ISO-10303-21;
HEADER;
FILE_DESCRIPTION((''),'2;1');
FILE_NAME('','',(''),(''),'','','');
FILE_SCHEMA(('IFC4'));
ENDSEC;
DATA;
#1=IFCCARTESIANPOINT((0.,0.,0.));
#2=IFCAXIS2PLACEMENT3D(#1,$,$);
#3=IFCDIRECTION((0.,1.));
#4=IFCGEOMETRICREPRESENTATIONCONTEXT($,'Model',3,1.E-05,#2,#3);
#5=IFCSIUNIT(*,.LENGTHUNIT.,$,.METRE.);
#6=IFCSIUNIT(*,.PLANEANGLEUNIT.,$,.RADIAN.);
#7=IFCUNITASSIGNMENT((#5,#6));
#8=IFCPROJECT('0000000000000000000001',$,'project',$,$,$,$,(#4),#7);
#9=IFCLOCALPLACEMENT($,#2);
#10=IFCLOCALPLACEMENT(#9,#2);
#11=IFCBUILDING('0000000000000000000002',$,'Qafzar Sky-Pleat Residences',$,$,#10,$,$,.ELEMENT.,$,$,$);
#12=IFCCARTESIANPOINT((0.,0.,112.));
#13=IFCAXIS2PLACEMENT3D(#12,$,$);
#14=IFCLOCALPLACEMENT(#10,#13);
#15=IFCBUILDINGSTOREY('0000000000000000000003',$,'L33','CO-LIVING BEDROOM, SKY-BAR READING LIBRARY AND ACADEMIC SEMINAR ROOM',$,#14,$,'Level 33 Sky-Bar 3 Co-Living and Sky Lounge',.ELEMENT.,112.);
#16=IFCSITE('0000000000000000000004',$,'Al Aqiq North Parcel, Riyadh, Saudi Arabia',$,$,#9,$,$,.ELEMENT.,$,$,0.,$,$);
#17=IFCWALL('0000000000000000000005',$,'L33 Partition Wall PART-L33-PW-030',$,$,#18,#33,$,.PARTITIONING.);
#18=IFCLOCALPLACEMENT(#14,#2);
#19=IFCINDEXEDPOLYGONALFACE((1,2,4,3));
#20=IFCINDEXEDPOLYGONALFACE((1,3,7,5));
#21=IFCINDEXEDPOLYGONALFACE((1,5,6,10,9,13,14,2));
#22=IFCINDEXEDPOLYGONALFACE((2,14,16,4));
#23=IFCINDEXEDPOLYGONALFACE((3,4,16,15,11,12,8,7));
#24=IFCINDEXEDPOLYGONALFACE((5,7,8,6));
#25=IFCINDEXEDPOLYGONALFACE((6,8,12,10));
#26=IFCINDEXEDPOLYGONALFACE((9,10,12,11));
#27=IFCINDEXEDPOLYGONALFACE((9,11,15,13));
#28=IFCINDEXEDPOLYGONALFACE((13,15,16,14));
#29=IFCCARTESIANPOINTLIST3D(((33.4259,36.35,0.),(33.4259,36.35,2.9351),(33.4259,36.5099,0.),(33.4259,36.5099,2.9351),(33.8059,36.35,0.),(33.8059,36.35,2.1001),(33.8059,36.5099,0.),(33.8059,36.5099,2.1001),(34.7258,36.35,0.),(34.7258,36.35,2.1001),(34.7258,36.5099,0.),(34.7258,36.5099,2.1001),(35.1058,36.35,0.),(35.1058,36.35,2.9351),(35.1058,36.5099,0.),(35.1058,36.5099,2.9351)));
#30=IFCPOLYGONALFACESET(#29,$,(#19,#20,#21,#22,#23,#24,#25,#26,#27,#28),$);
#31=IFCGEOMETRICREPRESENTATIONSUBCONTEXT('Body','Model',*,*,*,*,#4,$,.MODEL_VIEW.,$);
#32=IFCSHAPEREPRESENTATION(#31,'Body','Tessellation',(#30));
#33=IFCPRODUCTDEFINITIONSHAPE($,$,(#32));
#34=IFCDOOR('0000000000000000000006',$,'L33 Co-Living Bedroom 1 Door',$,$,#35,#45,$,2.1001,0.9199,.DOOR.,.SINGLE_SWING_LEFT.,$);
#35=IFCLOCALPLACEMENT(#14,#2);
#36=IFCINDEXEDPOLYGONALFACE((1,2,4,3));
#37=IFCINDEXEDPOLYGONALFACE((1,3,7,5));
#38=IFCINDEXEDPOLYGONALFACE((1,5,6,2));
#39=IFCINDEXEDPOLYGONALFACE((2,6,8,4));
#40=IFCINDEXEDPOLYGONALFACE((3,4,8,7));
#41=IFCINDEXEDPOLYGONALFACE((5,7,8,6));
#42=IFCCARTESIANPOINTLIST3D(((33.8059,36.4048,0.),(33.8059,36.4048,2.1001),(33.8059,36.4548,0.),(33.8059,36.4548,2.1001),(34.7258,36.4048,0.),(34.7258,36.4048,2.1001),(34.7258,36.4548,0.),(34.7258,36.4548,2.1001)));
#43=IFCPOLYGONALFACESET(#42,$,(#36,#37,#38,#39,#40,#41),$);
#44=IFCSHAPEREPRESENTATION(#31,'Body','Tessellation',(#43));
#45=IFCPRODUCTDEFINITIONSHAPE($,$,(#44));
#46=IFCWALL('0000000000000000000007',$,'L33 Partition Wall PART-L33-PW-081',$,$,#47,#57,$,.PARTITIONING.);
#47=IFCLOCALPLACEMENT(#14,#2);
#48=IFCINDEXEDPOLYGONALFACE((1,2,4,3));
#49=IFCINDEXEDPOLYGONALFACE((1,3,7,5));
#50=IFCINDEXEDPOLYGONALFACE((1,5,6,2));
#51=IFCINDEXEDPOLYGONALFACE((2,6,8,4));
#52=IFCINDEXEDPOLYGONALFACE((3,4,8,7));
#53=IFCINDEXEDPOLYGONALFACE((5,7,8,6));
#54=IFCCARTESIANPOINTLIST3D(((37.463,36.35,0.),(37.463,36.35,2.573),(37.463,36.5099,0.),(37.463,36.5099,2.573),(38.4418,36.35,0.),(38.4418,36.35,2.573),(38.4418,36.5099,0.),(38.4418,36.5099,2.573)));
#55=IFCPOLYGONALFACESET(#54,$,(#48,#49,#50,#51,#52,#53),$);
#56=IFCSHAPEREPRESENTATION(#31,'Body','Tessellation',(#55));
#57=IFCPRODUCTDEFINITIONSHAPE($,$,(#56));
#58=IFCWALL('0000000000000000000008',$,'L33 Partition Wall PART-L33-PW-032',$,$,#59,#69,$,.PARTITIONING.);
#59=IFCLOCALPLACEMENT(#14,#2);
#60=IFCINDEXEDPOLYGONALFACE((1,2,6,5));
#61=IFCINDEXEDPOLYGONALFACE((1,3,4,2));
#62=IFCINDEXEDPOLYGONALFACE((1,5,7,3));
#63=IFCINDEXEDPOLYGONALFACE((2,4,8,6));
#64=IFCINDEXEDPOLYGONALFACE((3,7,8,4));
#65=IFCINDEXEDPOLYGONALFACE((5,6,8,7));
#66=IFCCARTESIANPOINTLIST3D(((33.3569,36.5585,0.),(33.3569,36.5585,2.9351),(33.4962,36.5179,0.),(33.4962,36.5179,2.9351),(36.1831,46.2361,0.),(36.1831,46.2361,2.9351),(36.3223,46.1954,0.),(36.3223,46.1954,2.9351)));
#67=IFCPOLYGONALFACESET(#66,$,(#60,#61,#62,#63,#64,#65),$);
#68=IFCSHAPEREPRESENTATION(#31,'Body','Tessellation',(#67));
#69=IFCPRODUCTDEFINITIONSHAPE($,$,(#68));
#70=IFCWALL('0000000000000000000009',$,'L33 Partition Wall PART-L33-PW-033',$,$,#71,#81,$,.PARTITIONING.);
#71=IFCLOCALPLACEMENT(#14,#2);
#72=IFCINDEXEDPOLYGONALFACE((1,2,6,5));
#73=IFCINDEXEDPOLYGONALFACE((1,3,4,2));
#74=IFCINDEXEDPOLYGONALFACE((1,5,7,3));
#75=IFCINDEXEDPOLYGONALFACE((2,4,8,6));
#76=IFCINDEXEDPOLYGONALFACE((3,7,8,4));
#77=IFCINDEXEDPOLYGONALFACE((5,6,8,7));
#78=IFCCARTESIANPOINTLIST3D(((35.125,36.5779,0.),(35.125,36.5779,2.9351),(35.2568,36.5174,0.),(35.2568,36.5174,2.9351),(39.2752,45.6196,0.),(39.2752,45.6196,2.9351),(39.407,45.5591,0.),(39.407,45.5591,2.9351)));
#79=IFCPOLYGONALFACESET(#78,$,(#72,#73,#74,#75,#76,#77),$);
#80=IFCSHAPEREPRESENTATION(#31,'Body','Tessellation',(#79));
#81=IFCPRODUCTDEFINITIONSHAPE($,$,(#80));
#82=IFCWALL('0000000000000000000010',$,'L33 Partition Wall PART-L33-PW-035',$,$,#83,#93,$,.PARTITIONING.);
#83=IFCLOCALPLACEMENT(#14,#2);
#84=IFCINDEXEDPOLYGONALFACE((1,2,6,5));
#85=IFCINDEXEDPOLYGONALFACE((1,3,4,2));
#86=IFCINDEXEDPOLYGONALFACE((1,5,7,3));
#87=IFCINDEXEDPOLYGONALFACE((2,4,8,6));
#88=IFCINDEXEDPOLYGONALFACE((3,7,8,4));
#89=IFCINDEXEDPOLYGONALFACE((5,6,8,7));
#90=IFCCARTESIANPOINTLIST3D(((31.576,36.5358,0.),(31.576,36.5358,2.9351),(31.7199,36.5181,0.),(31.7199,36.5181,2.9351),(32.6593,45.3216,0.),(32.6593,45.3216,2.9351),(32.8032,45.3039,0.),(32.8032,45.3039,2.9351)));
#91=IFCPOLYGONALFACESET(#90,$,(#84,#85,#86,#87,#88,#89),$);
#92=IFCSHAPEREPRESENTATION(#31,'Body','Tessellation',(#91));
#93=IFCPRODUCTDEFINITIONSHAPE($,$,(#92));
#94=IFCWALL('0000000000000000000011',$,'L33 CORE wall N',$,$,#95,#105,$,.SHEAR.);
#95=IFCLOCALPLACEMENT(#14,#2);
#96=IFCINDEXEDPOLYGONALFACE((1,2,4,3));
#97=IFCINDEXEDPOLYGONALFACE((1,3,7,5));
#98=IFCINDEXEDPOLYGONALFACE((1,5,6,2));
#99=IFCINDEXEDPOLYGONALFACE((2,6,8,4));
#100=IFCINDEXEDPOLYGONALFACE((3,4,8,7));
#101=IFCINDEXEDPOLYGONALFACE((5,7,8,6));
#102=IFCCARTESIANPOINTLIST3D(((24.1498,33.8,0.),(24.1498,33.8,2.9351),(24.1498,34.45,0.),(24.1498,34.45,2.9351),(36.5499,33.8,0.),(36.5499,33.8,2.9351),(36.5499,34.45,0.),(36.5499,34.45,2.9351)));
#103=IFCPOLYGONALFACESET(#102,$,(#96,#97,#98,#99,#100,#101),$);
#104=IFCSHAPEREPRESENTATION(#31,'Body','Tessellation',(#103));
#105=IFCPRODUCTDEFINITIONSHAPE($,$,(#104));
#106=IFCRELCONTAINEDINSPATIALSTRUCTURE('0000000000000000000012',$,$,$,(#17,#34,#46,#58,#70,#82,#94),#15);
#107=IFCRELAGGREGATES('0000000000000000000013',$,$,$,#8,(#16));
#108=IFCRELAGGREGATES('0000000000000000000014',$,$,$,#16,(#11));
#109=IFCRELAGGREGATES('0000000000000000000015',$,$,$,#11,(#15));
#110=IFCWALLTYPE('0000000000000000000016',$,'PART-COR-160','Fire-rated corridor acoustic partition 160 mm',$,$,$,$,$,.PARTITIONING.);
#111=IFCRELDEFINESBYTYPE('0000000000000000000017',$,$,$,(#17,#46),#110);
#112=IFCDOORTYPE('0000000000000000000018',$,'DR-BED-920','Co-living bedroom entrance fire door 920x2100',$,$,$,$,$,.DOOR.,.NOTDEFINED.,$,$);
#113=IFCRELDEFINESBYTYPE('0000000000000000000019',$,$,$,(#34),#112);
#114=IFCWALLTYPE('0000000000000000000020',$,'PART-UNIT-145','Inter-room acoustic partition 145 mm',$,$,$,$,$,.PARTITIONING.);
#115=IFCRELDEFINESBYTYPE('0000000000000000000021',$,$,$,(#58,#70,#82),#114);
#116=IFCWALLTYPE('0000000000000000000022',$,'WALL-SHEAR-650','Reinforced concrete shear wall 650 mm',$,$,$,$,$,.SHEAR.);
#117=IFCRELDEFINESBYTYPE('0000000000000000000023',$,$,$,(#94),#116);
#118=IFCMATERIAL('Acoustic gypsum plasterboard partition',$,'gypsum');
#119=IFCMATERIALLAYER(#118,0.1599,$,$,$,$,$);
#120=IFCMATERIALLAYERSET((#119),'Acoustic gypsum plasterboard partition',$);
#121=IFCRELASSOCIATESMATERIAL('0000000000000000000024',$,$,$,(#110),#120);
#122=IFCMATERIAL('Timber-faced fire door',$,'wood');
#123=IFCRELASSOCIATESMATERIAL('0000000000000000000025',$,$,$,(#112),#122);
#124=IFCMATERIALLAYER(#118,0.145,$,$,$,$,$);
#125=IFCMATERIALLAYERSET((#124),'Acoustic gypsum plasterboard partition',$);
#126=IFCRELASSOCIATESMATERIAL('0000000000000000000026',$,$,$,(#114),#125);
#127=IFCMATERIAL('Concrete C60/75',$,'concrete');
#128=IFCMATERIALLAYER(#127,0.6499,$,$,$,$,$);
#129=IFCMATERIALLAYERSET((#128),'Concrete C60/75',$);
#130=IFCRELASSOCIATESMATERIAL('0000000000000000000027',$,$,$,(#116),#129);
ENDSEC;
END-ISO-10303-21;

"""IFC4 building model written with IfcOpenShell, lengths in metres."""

from ifc_helpers import new_model, si_unit, direction, frame, frame_2d, origin, place, context, subcontext, project, spatial, rectangle, extrude, source, transform, mapped, material, layer, layer_set, type_object, element, fill, save


model = new_model("IFC4")

# Units and contexts
model_context = context("Model", 3, precision=1e-05, world=origin(), true_north=direction((0.0, 1.0)))
body_context = subcontext(model_context, "Body", "Model", "MODEL_VIEW")
ifc_project = project(units=[si_unit("LENGTHUNIT", "METRE"), si_unit("PLANEANGLEUNIT", "RADIAN")], contexts=[model_context])

# Site, building, storey
site_placement = place(None, origin())
site = spatial("IfcSite", under=ifc_project, at=site_placement, Name="Al Aqiq North Parcel, Riyadh, Saudi Arabia", CompositionType="ELEMENT", RefElevation=0.0)
building_placement = place(site_placement, origin())
building = spatial("IfcBuilding", under=site, at=building_placement, Name="Qafzar Sky-Pleat Residences", CompositionType="ELEMENT")
storey_placement = place(building_placement, frame((0.0, 0.0, 112.0)))
storey = spatial("IfcBuildingStorey", under=building, at=storey_placement, Name="L33", Description="CO-LIVING BEDROOM, SKY-BAR READING LIBRARY AND ACADEMIC SEMINAR ROOM", LongName="Level 33 Sky-Bar 3 Co-Living and Sky Lounge", CompositionType="ELEMENT", Elevation=112.0)

# Wall, opening, door
ifc_material_1 = material(Name="Acoustic gypsum plasterboard partition", Category="gypsum")
ifc_layer_1 = layer(ifc_material_1, 0.1599)
ifc_layer_set_1 = layer_set([ifc_layer_1], Name="Acoustic gypsum plasterboard partition")
wall_type_1 = type_object("IfcWallType", Name="PART-COR-160", Description="Fire-rated corridor acoustic partition 160 mm", PredefinedType="PARTITIONING", material=ifc_layer_set_1)
ifc_material_2 = material(Name="Timber-faced fire door", Category="wood")
door_type = type_object("IfcDoorType", Name="DR-BED-920", Description="Co-living bedroom entrance fire door 920x2100", OperationType="NOTDEFINED", PredefinedType="DOOR", material=ifc_material_2)
shared_shape = source(origin(), body_context, "Body", "SweptSolid", [
    extrude(rectangle(XDim=0.9199, YDim=2.1001, at=frame_2d((0.46, 1.05))), frame((0.0, 0.0249, 0.0), z_axis=(0.0, -1.0, 0.0), x_axis=(1.0, 0.0, 0.0)), (0.0, 0.0, 1.0), 0.05),
])
wall_1_placement = place(storey_placement, frame((33.426, 36.4299, 0.0), z_axis=(0.0, 0.0, 1.0), x_axis=(1.0, 0.0, 0.0)))
wall_1 = element("IfcWall", 1, at=wall_1_placement, inside=storey, type_object=wall_type_1, Name="L33 Partition Wall PART-L33-PW-030", PredefinedType="PARTITIONING", context=body_context, shape_type="SweptSolid", body=[
    extrude(rectangle(XDim=1.6799, YDim=0.1599, at=frame_2d((0.8398, 0.0))), origin(), (0.0, 0.0, 1.0), 2.9351),
])
opening_1_placement = place(wall_1_placement, frame((0.3799, 0.0, 0.0)))
opening_1 = element("IfcOpeningElement", 2, at=opening_1_placement, cuts=wall_1, PredefinedType="OPENING", context=body_context, shape_type="SweptSolid", body=[
    extrude(rectangle(XDim=0.9199, YDim=2.1001, at=frame_2d((0.46, 1.05))), frame((0.0, 0.0898, 0.0), z_axis=(0.0, -1.0, 0.0), x_axis=(1.0, 0.0, 0.0)), (0.0, 0.0, 1.0), 0.1799),
])
door_1_placement = place(opening_1_placement, origin())
door_1 = element("IfcDoor", 3, at=door_1_placement, inside=storey, type_object=door_type, Name="L33 Co-Living Bedroom 1 Door", OperationType="SINGLE_SWING_LEFT", OverallHeight=2.1001, OverallWidth=0.9199, PredefinedType="DOOR", context=body_context, shape_type="MappedRepresentation", body=[
    mapped(shared_shape, transform((0.0, 0.0, 0.0), x_axis=(1.0, 0.0, 0.0), y_axis=(0.0, 1.0, 0.0), z_axis=(0.0, 0.0, 1.0), scale=1.0)),
])
fill(opening_1, door_1)

# Walls
wall_2_placement = place(storey_placement, frame((37.4631, 36.4299, 0.0), z_axis=(0.0, 0.0, 1.0), x_axis=(1.0, 0.0, 0.0)))
element("IfcWall", 4, at=wall_2_placement, inside=storey, type_object=wall_type_1, Name="L33 Partition Wall PART-L33-PW-081", PredefinedType="PARTITIONING", context=body_context, shape_type="SweptSolid", body=[
    extrude(rectangle(XDim=0.9788, YDim=0.1599, at=frame_2d((0.4893, 0.0))), origin(), (0.0, 0.0, 1.0), 2.573),
])
ifc_layer_2 = layer(ifc_material_1, 0.145)
ifc_layer_set_2 = layer_set([ifc_layer_2], Name="Acoustic gypsum plasterboard partition")
wall_type_2 = type_object("IfcWallType", Name="PART-UNIT-145", Description="Inter-room acoustic partition 145 mm", PredefinedType="PARTITIONING", material=ifc_layer_set_2)
wall_3_placement = place(storey_placement, frame((33.4265, 36.5381, 0.0), z_axis=(0.0, 0.0, 1.0), x_axis=(0.280326, 0.959905, 0.0)))
element("IfcWall", 5, at=wall_3_placement, inside=storey, type_object=wall_type_2, Name="L33 Partition Wall PART-L33-PW-032", PredefinedType="PARTITIONING", context=body_context, shape_type="SweptSolid", body=[
    extrude(rectangle(XDim=10.0818, YDim=0.145, at=frame_2d((5.041, 0.0))), origin(), (0.0, 0.0, 1.0), 2.9351),
])
wall_4_placement = place(storey_placement, frame((35.1909, 36.5476, 0.0), z_axis=(0.0, 0.0, 1.0), x_axis=(0.417154, 0.908836, 0.0)))
element("IfcWall", 6, at=wall_4_placement, inside=storey, type_object=wall_type_2, Name="L33 Partition Wall PART-L33-PW-033", PredefinedType="PARTITIONING", context=body_context, shape_type="SweptSolid", body=[
    extrude(rectangle(XDim=9.9487, YDim=0.145, at=frame_2d((4.9744, 0.0))), origin(), (0.0, 0.0, 1.0), 2.9351),
])
wall_5_placement = place(storey_placement, frame((31.6479, 36.5269, 0.0), z_axis=(0.0, 0.0, 1.0), x_axis=(0.122371, 0.992484, 0.0)))
element("IfcWall", 7, at=wall_5_placement, inside=storey, type_object=wall_type_2, Name="L33 Partition Wall PART-L33-PW-035", PredefinedType="PARTITIONING", context=body_context, shape_type="SweptSolid", body=[
    extrude(rectangle(XDim=8.8523, YDim=0.145, at=frame_2d((4.4263, 0.0))), origin(), (0.0, 0.0, 1.0), 2.9351),
])
ifc_material_3 = material(Name="Concrete C60/75", Category="concrete")
ifc_layer_3 = layer(ifc_material_3, 0.6499)
ifc_layer_set_3 = layer_set([ifc_layer_3], Name="Concrete C60/75")
wall_type_3 = type_object("IfcWallType", Name="WALL-SHEAR-650", Description="Reinforced concrete shear wall 650 mm", PredefinedType="SHEAR", material=ifc_layer_set_3)
wall_6_placement = place(storey_placement, frame((36.55, 34.125, 0.0), z_axis=(0.0, 0.0, 1.0), x_axis=(-1.0, 0.0, 0.0)))
element("IfcWall", 8, at=wall_6_placement, inside=storey, type_object=wall_type_3, Name="L33 CORE wall N", PredefinedType="SHEAR", context=body_context, shape_type="SweptSolid", body=[
    extrude(rectangle(XDim=12.4001, YDim=0.6499, at=frame_2d((6.2002, 0.0))), origin(), (0.0, 0.0, 1.0), 2.9351),
])

save(model, "model.ifc")
